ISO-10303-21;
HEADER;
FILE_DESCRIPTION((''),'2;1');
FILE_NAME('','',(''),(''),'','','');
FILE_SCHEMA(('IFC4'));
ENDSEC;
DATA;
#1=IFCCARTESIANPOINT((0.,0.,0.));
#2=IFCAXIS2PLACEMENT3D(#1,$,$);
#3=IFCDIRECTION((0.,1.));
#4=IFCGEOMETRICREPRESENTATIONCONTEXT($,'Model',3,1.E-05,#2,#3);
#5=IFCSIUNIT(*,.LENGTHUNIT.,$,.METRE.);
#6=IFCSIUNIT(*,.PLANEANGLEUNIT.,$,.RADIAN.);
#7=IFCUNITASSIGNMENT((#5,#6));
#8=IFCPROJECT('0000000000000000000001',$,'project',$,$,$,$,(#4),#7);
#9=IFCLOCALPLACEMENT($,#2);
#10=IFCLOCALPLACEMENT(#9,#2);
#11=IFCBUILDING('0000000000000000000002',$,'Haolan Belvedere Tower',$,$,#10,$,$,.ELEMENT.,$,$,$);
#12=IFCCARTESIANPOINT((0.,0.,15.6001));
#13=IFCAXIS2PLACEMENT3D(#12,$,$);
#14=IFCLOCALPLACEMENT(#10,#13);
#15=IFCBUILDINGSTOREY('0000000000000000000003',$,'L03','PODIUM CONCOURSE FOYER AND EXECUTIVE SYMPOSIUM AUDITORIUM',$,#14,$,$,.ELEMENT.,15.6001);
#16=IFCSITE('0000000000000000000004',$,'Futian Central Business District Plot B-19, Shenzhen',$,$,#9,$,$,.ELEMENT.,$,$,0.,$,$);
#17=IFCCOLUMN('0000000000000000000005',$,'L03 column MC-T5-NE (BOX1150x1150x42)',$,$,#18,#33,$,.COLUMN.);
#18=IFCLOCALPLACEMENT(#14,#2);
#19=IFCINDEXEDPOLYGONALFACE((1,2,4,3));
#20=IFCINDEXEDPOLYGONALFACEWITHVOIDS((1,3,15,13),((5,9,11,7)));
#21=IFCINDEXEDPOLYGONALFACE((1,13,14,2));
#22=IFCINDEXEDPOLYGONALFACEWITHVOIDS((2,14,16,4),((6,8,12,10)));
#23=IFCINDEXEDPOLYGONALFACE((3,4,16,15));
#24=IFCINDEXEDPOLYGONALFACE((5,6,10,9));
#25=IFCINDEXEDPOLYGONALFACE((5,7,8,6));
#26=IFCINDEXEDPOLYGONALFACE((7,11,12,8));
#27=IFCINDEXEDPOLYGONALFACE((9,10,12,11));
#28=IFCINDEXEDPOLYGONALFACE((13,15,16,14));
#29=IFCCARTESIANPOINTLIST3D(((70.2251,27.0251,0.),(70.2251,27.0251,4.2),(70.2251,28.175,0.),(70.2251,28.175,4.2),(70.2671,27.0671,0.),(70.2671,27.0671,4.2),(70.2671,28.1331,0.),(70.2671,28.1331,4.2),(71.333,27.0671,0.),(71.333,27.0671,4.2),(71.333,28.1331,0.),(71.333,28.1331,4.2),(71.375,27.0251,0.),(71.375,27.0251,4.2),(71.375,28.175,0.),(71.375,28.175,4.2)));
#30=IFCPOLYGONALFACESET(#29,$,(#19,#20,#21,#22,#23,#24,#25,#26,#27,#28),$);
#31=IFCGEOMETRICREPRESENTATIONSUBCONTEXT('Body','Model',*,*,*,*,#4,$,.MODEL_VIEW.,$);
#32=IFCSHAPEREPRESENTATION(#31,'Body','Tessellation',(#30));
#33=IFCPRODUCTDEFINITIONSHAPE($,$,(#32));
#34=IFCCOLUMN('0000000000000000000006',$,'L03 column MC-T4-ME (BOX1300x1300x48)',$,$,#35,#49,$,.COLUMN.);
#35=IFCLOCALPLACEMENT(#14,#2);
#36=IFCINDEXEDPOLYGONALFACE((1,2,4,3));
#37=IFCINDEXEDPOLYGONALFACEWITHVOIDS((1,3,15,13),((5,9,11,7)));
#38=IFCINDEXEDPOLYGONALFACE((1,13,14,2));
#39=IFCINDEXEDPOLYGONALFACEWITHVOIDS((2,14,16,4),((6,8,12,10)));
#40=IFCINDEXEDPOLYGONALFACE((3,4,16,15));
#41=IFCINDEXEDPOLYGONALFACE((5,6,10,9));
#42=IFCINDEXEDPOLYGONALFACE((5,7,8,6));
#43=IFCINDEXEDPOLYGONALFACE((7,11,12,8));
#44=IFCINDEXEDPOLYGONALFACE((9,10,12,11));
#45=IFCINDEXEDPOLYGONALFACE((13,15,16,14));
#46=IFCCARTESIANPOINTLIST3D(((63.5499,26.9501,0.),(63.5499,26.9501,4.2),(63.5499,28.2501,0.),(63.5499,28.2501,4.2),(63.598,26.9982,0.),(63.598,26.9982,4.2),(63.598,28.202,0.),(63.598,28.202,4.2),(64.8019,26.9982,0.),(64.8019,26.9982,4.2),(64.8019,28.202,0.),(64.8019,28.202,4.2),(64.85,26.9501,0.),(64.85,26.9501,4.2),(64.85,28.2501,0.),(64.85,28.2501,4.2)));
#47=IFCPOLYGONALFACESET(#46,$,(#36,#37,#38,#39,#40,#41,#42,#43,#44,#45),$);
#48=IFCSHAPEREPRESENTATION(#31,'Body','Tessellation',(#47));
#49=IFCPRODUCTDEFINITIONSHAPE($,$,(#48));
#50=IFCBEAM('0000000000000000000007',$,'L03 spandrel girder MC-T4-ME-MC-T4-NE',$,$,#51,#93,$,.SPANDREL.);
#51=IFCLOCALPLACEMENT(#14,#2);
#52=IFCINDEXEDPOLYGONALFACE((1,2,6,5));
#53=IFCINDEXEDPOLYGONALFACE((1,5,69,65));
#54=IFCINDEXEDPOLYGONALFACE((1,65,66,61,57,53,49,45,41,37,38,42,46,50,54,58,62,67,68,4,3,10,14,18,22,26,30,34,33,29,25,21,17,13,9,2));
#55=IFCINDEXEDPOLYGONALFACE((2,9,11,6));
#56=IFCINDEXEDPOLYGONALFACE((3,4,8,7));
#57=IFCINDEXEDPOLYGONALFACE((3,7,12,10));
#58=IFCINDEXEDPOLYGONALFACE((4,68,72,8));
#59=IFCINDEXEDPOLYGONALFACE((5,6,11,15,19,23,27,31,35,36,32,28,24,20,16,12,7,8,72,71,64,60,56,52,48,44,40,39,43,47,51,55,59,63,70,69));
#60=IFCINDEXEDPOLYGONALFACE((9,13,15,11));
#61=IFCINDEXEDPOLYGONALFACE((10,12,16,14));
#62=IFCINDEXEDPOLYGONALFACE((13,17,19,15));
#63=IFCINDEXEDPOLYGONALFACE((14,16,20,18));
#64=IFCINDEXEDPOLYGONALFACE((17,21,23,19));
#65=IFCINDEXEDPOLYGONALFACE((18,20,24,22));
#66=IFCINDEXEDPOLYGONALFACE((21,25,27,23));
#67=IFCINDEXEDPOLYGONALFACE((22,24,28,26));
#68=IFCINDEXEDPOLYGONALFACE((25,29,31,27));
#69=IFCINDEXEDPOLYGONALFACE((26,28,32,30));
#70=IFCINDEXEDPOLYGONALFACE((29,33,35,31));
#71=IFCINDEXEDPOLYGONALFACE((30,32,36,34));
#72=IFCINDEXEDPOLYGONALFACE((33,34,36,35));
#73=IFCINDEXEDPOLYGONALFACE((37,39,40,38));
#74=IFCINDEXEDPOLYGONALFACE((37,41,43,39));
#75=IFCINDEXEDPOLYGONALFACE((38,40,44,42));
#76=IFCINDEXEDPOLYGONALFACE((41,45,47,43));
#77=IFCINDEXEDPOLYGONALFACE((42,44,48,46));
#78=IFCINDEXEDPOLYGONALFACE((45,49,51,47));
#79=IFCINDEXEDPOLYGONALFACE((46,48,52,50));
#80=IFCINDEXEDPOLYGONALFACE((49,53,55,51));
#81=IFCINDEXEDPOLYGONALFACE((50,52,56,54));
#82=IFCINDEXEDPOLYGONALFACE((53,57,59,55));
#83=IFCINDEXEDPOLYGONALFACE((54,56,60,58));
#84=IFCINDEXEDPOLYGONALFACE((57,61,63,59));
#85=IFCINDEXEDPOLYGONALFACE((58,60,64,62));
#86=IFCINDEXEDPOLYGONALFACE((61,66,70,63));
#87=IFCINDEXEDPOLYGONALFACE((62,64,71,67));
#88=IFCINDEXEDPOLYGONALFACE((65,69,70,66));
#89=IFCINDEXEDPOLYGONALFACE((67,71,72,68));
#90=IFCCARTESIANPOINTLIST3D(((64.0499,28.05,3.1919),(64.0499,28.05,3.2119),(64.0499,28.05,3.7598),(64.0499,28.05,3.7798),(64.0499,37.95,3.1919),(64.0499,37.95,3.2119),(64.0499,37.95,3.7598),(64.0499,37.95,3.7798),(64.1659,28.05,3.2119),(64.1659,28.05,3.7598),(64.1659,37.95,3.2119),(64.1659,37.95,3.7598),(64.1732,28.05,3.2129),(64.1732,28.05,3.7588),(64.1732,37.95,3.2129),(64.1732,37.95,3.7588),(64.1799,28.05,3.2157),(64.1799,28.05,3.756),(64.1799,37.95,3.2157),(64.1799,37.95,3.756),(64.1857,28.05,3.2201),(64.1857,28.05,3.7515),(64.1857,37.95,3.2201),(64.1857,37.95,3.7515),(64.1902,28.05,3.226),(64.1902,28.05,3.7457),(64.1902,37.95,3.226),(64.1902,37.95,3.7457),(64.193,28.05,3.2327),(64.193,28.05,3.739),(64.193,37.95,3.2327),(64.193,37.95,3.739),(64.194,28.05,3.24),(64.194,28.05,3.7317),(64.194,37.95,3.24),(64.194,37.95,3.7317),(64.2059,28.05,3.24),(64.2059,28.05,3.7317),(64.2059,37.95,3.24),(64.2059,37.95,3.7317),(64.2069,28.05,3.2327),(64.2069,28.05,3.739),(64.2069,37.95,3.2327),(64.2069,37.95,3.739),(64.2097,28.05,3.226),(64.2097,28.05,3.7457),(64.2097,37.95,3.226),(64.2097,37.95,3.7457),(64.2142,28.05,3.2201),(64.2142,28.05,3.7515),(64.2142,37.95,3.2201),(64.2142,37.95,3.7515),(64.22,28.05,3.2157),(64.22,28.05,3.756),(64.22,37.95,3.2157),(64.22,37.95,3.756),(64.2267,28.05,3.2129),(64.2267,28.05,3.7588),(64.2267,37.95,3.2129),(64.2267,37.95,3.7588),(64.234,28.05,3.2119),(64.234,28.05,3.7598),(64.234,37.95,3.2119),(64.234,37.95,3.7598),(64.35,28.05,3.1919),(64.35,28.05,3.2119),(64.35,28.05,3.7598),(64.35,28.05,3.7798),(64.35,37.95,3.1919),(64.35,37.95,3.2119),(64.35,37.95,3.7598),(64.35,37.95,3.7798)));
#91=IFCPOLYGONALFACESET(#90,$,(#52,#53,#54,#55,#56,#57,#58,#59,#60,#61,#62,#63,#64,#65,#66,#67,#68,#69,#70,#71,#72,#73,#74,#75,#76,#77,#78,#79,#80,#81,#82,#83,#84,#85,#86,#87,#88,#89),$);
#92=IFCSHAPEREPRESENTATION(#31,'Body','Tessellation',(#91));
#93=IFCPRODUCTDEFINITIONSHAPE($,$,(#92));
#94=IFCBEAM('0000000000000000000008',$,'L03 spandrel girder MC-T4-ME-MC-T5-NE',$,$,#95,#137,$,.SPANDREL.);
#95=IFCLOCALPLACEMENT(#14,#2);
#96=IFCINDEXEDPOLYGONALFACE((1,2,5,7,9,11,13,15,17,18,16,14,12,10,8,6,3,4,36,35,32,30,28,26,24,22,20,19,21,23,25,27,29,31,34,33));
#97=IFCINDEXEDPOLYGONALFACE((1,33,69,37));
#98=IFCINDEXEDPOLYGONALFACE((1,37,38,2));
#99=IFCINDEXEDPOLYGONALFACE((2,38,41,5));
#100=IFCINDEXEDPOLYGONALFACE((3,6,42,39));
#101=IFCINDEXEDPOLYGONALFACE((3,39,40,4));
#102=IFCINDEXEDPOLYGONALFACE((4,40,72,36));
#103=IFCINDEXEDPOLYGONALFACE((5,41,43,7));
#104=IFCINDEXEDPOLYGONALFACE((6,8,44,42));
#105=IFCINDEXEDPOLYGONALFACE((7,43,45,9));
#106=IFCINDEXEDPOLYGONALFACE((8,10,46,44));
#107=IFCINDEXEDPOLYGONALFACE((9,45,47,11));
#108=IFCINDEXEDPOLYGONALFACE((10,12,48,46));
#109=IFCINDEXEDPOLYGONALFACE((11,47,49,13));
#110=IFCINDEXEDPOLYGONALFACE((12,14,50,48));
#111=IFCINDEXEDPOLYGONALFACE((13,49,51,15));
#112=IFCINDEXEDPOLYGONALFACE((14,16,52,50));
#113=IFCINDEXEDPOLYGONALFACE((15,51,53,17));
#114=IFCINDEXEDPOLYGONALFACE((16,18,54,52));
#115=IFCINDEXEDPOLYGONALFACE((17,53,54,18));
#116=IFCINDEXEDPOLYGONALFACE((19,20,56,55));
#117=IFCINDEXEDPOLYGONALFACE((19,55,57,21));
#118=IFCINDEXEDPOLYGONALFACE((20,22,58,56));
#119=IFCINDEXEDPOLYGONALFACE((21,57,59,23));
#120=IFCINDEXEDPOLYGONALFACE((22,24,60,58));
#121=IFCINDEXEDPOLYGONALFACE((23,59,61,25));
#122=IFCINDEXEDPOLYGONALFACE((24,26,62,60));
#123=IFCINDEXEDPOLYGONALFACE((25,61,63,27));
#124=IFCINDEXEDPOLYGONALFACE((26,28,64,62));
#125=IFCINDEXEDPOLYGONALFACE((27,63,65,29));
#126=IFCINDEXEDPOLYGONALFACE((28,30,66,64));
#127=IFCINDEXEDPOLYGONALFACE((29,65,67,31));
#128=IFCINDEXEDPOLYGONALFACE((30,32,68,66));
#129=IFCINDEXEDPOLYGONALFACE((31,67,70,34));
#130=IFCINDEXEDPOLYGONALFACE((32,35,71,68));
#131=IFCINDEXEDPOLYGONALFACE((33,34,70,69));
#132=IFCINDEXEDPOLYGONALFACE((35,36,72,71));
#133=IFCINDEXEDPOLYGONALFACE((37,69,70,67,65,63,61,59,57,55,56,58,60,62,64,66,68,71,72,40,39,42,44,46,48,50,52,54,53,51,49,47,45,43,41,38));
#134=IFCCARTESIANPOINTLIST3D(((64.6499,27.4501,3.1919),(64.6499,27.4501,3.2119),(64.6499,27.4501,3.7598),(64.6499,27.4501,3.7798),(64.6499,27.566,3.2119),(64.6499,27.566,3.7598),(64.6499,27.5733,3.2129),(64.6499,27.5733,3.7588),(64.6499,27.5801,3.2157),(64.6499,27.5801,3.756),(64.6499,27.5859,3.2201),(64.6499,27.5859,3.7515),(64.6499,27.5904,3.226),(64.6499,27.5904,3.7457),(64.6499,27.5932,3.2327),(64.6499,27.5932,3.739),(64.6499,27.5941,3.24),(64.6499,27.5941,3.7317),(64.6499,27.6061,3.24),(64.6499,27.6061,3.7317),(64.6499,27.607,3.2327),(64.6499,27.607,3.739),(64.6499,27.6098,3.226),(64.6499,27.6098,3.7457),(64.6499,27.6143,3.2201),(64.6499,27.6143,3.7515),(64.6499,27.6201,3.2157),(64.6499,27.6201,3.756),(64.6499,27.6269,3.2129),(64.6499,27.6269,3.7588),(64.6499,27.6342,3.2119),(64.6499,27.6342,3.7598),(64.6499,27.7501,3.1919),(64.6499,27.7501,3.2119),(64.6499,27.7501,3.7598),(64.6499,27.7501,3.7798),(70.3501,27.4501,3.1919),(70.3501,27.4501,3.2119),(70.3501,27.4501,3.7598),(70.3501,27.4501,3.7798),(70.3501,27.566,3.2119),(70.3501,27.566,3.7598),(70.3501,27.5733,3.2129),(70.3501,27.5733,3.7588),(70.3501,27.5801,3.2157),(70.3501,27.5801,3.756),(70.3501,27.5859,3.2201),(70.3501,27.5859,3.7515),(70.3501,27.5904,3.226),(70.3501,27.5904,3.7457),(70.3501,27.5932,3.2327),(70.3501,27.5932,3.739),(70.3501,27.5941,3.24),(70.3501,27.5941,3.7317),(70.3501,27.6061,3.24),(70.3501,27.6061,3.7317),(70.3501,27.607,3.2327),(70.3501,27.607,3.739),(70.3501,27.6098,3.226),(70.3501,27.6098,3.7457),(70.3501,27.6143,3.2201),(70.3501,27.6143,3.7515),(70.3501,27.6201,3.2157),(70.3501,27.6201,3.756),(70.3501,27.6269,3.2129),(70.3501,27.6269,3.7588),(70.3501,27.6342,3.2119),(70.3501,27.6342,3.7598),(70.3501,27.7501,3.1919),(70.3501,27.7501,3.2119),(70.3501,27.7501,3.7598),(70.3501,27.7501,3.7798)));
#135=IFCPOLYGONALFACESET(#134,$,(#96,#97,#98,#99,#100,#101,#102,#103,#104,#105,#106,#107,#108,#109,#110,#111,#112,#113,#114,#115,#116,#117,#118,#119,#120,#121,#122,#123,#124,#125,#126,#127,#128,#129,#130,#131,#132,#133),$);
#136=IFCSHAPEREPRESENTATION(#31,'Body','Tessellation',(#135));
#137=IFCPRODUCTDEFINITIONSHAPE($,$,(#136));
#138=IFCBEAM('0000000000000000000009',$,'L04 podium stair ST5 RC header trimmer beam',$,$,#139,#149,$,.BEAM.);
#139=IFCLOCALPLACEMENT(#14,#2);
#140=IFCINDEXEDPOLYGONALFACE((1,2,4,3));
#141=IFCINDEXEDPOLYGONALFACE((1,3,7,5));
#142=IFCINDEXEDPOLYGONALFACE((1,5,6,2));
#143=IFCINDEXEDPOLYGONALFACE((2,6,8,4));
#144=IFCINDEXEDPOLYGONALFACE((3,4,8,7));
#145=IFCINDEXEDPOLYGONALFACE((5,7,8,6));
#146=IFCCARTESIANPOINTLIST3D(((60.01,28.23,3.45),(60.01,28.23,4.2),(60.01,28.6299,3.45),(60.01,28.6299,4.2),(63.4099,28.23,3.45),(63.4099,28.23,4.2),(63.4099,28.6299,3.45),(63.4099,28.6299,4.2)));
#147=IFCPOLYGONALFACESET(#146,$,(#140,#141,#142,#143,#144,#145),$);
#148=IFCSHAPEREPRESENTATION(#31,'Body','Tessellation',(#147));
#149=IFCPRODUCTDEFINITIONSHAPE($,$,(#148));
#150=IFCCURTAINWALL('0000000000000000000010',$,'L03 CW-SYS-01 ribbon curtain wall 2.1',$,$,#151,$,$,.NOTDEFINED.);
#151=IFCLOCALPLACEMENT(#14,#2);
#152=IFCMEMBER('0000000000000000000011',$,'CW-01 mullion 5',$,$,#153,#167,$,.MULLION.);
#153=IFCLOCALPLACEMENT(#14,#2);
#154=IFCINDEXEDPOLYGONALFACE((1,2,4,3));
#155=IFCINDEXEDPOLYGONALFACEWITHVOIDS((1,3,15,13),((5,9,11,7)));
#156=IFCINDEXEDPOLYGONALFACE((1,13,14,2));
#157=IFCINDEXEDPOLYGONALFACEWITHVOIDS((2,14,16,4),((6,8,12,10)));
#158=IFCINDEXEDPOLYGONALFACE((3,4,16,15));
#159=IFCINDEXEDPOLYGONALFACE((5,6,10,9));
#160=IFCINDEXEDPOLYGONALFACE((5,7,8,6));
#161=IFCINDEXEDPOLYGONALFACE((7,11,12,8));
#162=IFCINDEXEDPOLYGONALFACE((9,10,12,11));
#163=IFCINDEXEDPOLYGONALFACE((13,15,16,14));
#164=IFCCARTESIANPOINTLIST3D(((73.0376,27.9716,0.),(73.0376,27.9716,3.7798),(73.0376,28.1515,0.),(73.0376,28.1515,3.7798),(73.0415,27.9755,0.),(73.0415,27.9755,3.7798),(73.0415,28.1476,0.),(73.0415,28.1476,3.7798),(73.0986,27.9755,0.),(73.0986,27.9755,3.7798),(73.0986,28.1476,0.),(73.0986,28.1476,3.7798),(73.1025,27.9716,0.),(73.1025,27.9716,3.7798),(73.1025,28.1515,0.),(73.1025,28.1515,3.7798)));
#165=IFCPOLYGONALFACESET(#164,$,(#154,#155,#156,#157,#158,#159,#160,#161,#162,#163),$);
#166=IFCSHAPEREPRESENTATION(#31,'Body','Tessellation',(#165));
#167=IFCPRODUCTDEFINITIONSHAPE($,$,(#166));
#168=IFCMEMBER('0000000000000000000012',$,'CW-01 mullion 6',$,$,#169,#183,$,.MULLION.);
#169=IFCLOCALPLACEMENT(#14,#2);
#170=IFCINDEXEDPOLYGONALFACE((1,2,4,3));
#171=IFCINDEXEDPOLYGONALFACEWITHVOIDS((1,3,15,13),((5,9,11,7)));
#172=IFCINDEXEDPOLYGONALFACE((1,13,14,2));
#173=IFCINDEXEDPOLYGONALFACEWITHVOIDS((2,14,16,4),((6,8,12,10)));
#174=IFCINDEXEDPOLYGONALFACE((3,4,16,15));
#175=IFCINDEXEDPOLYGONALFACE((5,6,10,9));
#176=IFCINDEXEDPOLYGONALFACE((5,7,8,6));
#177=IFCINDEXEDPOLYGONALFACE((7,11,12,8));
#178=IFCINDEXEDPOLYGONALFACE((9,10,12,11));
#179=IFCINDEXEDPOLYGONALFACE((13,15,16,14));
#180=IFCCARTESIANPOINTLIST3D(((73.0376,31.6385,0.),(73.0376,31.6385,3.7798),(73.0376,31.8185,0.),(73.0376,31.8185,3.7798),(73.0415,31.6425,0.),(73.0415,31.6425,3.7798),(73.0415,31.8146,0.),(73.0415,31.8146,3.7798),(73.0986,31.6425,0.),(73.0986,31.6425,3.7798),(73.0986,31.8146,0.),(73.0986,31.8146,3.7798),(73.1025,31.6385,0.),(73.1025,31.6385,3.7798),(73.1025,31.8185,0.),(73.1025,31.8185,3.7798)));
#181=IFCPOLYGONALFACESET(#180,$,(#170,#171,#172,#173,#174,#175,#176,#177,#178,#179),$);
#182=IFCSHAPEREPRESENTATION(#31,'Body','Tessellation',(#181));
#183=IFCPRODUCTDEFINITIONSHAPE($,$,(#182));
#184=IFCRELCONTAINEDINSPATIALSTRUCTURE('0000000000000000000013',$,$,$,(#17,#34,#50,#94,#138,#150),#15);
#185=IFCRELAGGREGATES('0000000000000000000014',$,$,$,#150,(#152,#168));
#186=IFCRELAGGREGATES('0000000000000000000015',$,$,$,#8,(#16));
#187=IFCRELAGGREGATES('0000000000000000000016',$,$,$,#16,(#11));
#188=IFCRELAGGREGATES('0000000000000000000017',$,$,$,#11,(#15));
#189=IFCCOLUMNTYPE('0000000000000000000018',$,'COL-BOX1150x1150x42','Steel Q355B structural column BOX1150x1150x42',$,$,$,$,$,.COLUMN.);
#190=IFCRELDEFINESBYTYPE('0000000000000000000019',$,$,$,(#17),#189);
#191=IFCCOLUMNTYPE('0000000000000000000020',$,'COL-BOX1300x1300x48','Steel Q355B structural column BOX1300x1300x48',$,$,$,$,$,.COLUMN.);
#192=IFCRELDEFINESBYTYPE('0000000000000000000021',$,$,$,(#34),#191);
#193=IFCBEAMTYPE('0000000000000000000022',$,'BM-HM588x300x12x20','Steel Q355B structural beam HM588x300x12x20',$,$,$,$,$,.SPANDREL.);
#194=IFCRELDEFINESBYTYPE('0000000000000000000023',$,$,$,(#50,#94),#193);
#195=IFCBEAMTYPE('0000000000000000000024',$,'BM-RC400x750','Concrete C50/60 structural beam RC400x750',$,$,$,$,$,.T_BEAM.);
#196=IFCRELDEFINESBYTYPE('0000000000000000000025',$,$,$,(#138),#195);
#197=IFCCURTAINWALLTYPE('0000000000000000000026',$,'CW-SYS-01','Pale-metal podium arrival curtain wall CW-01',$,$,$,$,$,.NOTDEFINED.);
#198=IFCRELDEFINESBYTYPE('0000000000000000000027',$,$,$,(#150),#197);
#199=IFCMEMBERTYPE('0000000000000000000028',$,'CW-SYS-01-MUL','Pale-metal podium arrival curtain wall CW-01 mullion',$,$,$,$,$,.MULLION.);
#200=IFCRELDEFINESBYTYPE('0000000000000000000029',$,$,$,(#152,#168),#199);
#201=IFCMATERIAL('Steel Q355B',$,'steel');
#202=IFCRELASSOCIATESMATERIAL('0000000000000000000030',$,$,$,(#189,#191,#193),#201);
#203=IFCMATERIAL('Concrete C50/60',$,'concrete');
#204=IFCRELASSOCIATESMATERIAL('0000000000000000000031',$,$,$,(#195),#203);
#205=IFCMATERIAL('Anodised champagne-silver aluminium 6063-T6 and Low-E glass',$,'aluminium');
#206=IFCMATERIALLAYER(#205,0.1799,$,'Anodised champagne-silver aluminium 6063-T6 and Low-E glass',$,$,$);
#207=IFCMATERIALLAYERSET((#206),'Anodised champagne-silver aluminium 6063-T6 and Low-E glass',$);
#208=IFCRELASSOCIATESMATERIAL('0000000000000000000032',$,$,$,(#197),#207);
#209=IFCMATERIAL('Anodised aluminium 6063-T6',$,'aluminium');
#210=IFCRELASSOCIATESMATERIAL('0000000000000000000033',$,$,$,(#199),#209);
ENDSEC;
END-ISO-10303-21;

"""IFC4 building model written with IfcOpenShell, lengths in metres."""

from ifc_helpers import new_model, si_unit, direction, frame, origin, origin_2d, place, context, subcontext, project, spatial, rectangle, hollow_rectangle, i_section, extrude, material, layer, layer_set, material_profile, profile_set, type_object, element, aggregate, save


model = new_model("IFC4")

# Units and contexts
model_context = context("Model", 3, precision=1e-05, world=origin(), true_north=direction((0.0, 1.0)))
body_context = subcontext(model_context, "Body", "Model", "MODEL_VIEW")
ifc_project = project(units=[si_unit("LENGTHUNIT", "METRE"), si_unit("PLANEANGLEUNIT", "RADIAN")], contexts=[model_context])

# Site, building, storey
site_placement = place(None, origin())
site = spatial("IfcSite", under=ifc_project, at=site_placement, Name="Futian Central Business District Plot B-19, Shenzhen", CompositionType="ELEMENT", RefElevation=0.0)
building_placement = place(site_placement, origin())
building = spatial("IfcBuilding", under=site, at=building_placement, Name="Haolan Belvedere Tower", CompositionType="ELEMENT")
storey_placement = place(building_placement, frame((0.0, 0.0, 15.6001)))
storey = spatial("IfcBuildingStorey", under=building, at=storey_placement, Name="L03", Description="PODIUM CONCOURSE FOYER AND EXECUTIVE SYMPOSIUM AUDITORIUM", CompositionType="ELEMENT", Elevation=15.6001)

# Columns
ifc_material_1 = material(Name="Steel Q355B", Category="steel")
ifc_material_profile_1 = material_profile(ifc_material_1, hollow_rectangle(XDim=1.1499, YDim=1.1499, WallThickness=0.042, at=origin_2d()), Name="Steel Q355B")
ifc_profile_set_1 = profile_set([ifc_material_profile_1], Name="Steel Q355B")
column_type_1 = type_object("IfcColumnType", Name="COL-BOX1150x1150x42", Description="Steel Q355B structural column BOX1150x1150x42", PredefinedType="COLUMN", material=ifc_profile_set_1)
column_1_placement = place(storey_placement, frame((70.8, 27.6001, 0.0), z_axis=(0.0, 0.0, 1.0), x_axis=(1.0, 0.0, 0.0)))
element("IfcColumn", 1, at=column_1_placement, inside=storey, type_object=column_type_1, Name="L03 column MC-T5-NE (BOX1150x1150x42)", PredefinedType="COLUMN", context=body_context, shape_type="SweptSolid", body=[
    extrude(hollow_rectangle(XDim=1.1499, YDim=1.1499, WallThickness=0.042, at=origin_2d()), origin(), (0.0, 0.0, 1.0), 4.2),
])
ifc_material_profile_2 = material_profile(ifc_material_1, hollow_rectangle(XDim=1.3, YDim=1.3, WallThickness=0.0481, at=origin_2d()), Name="Steel Q355B")
ifc_profile_set_2 = profile_set([ifc_material_profile_2], Name="Steel Q355B")
column_type_2 = type_object("IfcColumnType", Name="COL-BOX1300x1300x48", Description="Steel Q355B structural column BOX1300x1300x48", PredefinedType="COLUMN", material=ifc_profile_set_2)
column_2_placement = place(storey_placement, frame((64.2, 27.6001, 0.0), z_axis=(0.0, 0.0, 1.0), x_axis=(1.0, 0.0, 0.0)))
element("IfcColumn", 2, at=column_2_placement, inside=storey, type_object=column_type_2, Name="L03 column MC-T4-ME (BOX1300x1300x48)", PredefinedType="COLUMN", context=body_context, shape_type="SweptSolid", body=[
    extrude(hollow_rectangle(XDim=1.3, YDim=1.3, WallThickness=0.0481, at=origin_2d()), origin(), (0.0, 0.0, 1.0), 4.2),
])

# Beams
ifc_material_profile_3 = material_profile(ifc_material_1, i_section(OverallWidth=0.3, OverallDepth=0.5879, WebThickness=0.012, FlangeThickness=0.02, FilletRadius=0.0281, at=origin_2d()), Name="Steel Q355B")
ifc_profile_set_3 = profile_set([ifc_material_profile_3], Name="Steel Q355B")
beam_type_1 = type_object("IfcBeamType", Name="BM-HM588x300x12x20", Description="Steel Q355B structural beam HM588x300x12x20", PredefinedType="SPANDREL", material=ifc_profile_set_3)
beam_1_placement = place(storey_placement, frame((64.2, 28.05, 3.4858), z_axis=(0.0, 1.0, 0.0), x_axis=(-1.0, 0.0, 0.0)))
element("IfcBeam", 3, at=beam_1_placement, inside=storey, type_object=beam_type_1, Name="L03 spandrel girder MC-T4-ME-MC-T4-NE", PredefinedType="SPANDREL", context=body_context, shape_type="SweptSolid", body=[
    extrude(i_section(OverallWidth=0.3, OverallDepth=0.5879, WebThickness=0.012, FlangeThickness=0.02, FilletRadius=0.0281, at=origin_2d()), origin(), (0.0, 0.0, 1.0), 9.8999),
])
beam_2_placement = place(storey_placement, frame((64.6499, 27.6001, 3.4858), z_axis=(1.0, 0.0, 0.0), x_axis=(0.0, 1.0, 0.0)))
element("IfcBeam", 4, at=beam_2_placement, inside=storey, type_object=beam_type_1, Name="L03 spandrel girder MC-T4-ME-MC-T5-NE", PredefinedType="SPANDREL", context=body_context, shape_type="SweptSolid", body=[
    extrude(i_section(OverallWidth=0.3, OverallDepth=0.5879, WebThickness=0.012, FlangeThickness=0.02, FilletRadius=0.0281, at=origin_2d()), origin(), (0.0, 0.0, 1.0), 5.7002),
])
ifc_material_2 = material(Name="Concrete C50/60", Category="concrete")
ifc_material_profile_4 = material_profile(ifc_material_2, rectangle(XDim=0.3999, YDim=0.75, at=origin_2d()), Name="Concrete C50/60")
ifc_profile_set_4 = profile_set([ifc_material_profile_4], Name="Concrete C50/60")
beam_type_2 = type_object("IfcBeamType", Name="BM-RC400x750", Description="Concrete C50/60 structural beam RC400x750", PredefinedType="T_BEAM", material=ifc_profile_set_4)
beam_3_placement = place(storey_placement, frame((60.01, 28.4299, 3.825), z_axis=(1.0, 0.0, 0.0), x_axis=(0.0, 1.0, 0.0)))
element("IfcBeam", 5, at=beam_3_placement, inside=storey, type_object=beam_type_2, Name="L04 podium stair ST5 RC header trimmer beam", PredefinedType="BEAM", context=body_context, shape_type="SweptSolid", body=[
    extrude(rectangle(XDim=0.3999, YDim=0.75, at=origin_2d()), origin(), (0.0, 0.0, 1.0), 3.3999),
])

# Curtain wall, members
ifc_material_3 = material(Name="Anodised champagne-silver aluminium 6063-T6 and Low-E glass", Category="aluminium")
ifc_layer_1 = layer(ifc_material_3, 0.1799, Name="Anodised champagne-silver aluminium 6063-T6 and Low-E glass")
ifc_layer_set_1 = layer_set([ifc_layer_1], Name="Anodised champagne-silver aluminium 6063-T6 and Low-E glass")
curtain_wall_type = type_object("IfcCurtainWallType", Name="CW-SYS-01", Description="Pale-metal podium arrival curtain wall CW-01", PredefinedType="NOTDEFINED", material=ifc_layer_set_1)
curtain_wall_placement = place(storey_placement, origin())
curtain_wall = element("IfcCurtainWall", 6, at=curtain_wall_placement, inside=storey, type_object=curtain_wall_type, Name="L03 CW-SYS-01 ribbon curtain wall 2.1", PredefinedType="NOTDEFINED")
ifc_material_4 = material(Name="Anodised aluminium 6063-T6", Category="aluminium")
ifc_material_profile_5 = material_profile(ifc_material_4, hollow_rectangle(XDim=0.0649, YDim=0.1799, WallThickness=0.0039, at=origin_2d()), Name="Anodised aluminium 6063-T6")
ifc_profile_set_5 = profile_set([ifc_material_profile_5], Name="Anodised aluminium 6063-T6")
member_type_1 = type_object("IfcMemberType", Name="CW-SYS-01-MUL", Description="Pale-metal podium arrival curtain wall CW-01 mullion", PredefinedType="MULLION", material=ifc_profile_set_5)
member_1_placement = place(storey_placement, frame((73.0701, 28.0615, 0.0), z_axis=(0.0, 0.0, 1.0), x_axis=(-1.0, 0.0, 0.0)))
member_1 = element("IfcMember", 7, at=member_1_placement, type_object=member_type_1, Name="CW-01 mullion 5", PredefinedType="MULLION", context=body_context, shape_type="SweptSolid", body=[
    extrude(hollow_rectangle(XDim=0.0649, YDim=0.1799, WallThickness=0.0039, at=origin_2d()), origin(), (0.0, 0.0, 1.0), 3.7798),
])
member_2_placement = place(storey_placement, frame((73.0701, 31.7285, 0.0), z_axis=(0.0, 0.0, 1.0), x_axis=(-1.0, 0.0, 0.0)))
member_2 = element("IfcMember", 8, at=member_2_placement, type_object=member_type_1, Name="CW-01 mullion 6", PredefinedType="MULLION", context=body_context, shape_type="SweptSolid", body=[
    extrude(hollow_rectangle(XDim=0.0649, YDim=0.1799, WallThickness=0.0039, at=origin_2d()), origin(), (0.0, 0.0, 1.0), 3.7798),
])
aggregate(curtain_wall, [member_1, member_2])

save(model, "model.ifc")
